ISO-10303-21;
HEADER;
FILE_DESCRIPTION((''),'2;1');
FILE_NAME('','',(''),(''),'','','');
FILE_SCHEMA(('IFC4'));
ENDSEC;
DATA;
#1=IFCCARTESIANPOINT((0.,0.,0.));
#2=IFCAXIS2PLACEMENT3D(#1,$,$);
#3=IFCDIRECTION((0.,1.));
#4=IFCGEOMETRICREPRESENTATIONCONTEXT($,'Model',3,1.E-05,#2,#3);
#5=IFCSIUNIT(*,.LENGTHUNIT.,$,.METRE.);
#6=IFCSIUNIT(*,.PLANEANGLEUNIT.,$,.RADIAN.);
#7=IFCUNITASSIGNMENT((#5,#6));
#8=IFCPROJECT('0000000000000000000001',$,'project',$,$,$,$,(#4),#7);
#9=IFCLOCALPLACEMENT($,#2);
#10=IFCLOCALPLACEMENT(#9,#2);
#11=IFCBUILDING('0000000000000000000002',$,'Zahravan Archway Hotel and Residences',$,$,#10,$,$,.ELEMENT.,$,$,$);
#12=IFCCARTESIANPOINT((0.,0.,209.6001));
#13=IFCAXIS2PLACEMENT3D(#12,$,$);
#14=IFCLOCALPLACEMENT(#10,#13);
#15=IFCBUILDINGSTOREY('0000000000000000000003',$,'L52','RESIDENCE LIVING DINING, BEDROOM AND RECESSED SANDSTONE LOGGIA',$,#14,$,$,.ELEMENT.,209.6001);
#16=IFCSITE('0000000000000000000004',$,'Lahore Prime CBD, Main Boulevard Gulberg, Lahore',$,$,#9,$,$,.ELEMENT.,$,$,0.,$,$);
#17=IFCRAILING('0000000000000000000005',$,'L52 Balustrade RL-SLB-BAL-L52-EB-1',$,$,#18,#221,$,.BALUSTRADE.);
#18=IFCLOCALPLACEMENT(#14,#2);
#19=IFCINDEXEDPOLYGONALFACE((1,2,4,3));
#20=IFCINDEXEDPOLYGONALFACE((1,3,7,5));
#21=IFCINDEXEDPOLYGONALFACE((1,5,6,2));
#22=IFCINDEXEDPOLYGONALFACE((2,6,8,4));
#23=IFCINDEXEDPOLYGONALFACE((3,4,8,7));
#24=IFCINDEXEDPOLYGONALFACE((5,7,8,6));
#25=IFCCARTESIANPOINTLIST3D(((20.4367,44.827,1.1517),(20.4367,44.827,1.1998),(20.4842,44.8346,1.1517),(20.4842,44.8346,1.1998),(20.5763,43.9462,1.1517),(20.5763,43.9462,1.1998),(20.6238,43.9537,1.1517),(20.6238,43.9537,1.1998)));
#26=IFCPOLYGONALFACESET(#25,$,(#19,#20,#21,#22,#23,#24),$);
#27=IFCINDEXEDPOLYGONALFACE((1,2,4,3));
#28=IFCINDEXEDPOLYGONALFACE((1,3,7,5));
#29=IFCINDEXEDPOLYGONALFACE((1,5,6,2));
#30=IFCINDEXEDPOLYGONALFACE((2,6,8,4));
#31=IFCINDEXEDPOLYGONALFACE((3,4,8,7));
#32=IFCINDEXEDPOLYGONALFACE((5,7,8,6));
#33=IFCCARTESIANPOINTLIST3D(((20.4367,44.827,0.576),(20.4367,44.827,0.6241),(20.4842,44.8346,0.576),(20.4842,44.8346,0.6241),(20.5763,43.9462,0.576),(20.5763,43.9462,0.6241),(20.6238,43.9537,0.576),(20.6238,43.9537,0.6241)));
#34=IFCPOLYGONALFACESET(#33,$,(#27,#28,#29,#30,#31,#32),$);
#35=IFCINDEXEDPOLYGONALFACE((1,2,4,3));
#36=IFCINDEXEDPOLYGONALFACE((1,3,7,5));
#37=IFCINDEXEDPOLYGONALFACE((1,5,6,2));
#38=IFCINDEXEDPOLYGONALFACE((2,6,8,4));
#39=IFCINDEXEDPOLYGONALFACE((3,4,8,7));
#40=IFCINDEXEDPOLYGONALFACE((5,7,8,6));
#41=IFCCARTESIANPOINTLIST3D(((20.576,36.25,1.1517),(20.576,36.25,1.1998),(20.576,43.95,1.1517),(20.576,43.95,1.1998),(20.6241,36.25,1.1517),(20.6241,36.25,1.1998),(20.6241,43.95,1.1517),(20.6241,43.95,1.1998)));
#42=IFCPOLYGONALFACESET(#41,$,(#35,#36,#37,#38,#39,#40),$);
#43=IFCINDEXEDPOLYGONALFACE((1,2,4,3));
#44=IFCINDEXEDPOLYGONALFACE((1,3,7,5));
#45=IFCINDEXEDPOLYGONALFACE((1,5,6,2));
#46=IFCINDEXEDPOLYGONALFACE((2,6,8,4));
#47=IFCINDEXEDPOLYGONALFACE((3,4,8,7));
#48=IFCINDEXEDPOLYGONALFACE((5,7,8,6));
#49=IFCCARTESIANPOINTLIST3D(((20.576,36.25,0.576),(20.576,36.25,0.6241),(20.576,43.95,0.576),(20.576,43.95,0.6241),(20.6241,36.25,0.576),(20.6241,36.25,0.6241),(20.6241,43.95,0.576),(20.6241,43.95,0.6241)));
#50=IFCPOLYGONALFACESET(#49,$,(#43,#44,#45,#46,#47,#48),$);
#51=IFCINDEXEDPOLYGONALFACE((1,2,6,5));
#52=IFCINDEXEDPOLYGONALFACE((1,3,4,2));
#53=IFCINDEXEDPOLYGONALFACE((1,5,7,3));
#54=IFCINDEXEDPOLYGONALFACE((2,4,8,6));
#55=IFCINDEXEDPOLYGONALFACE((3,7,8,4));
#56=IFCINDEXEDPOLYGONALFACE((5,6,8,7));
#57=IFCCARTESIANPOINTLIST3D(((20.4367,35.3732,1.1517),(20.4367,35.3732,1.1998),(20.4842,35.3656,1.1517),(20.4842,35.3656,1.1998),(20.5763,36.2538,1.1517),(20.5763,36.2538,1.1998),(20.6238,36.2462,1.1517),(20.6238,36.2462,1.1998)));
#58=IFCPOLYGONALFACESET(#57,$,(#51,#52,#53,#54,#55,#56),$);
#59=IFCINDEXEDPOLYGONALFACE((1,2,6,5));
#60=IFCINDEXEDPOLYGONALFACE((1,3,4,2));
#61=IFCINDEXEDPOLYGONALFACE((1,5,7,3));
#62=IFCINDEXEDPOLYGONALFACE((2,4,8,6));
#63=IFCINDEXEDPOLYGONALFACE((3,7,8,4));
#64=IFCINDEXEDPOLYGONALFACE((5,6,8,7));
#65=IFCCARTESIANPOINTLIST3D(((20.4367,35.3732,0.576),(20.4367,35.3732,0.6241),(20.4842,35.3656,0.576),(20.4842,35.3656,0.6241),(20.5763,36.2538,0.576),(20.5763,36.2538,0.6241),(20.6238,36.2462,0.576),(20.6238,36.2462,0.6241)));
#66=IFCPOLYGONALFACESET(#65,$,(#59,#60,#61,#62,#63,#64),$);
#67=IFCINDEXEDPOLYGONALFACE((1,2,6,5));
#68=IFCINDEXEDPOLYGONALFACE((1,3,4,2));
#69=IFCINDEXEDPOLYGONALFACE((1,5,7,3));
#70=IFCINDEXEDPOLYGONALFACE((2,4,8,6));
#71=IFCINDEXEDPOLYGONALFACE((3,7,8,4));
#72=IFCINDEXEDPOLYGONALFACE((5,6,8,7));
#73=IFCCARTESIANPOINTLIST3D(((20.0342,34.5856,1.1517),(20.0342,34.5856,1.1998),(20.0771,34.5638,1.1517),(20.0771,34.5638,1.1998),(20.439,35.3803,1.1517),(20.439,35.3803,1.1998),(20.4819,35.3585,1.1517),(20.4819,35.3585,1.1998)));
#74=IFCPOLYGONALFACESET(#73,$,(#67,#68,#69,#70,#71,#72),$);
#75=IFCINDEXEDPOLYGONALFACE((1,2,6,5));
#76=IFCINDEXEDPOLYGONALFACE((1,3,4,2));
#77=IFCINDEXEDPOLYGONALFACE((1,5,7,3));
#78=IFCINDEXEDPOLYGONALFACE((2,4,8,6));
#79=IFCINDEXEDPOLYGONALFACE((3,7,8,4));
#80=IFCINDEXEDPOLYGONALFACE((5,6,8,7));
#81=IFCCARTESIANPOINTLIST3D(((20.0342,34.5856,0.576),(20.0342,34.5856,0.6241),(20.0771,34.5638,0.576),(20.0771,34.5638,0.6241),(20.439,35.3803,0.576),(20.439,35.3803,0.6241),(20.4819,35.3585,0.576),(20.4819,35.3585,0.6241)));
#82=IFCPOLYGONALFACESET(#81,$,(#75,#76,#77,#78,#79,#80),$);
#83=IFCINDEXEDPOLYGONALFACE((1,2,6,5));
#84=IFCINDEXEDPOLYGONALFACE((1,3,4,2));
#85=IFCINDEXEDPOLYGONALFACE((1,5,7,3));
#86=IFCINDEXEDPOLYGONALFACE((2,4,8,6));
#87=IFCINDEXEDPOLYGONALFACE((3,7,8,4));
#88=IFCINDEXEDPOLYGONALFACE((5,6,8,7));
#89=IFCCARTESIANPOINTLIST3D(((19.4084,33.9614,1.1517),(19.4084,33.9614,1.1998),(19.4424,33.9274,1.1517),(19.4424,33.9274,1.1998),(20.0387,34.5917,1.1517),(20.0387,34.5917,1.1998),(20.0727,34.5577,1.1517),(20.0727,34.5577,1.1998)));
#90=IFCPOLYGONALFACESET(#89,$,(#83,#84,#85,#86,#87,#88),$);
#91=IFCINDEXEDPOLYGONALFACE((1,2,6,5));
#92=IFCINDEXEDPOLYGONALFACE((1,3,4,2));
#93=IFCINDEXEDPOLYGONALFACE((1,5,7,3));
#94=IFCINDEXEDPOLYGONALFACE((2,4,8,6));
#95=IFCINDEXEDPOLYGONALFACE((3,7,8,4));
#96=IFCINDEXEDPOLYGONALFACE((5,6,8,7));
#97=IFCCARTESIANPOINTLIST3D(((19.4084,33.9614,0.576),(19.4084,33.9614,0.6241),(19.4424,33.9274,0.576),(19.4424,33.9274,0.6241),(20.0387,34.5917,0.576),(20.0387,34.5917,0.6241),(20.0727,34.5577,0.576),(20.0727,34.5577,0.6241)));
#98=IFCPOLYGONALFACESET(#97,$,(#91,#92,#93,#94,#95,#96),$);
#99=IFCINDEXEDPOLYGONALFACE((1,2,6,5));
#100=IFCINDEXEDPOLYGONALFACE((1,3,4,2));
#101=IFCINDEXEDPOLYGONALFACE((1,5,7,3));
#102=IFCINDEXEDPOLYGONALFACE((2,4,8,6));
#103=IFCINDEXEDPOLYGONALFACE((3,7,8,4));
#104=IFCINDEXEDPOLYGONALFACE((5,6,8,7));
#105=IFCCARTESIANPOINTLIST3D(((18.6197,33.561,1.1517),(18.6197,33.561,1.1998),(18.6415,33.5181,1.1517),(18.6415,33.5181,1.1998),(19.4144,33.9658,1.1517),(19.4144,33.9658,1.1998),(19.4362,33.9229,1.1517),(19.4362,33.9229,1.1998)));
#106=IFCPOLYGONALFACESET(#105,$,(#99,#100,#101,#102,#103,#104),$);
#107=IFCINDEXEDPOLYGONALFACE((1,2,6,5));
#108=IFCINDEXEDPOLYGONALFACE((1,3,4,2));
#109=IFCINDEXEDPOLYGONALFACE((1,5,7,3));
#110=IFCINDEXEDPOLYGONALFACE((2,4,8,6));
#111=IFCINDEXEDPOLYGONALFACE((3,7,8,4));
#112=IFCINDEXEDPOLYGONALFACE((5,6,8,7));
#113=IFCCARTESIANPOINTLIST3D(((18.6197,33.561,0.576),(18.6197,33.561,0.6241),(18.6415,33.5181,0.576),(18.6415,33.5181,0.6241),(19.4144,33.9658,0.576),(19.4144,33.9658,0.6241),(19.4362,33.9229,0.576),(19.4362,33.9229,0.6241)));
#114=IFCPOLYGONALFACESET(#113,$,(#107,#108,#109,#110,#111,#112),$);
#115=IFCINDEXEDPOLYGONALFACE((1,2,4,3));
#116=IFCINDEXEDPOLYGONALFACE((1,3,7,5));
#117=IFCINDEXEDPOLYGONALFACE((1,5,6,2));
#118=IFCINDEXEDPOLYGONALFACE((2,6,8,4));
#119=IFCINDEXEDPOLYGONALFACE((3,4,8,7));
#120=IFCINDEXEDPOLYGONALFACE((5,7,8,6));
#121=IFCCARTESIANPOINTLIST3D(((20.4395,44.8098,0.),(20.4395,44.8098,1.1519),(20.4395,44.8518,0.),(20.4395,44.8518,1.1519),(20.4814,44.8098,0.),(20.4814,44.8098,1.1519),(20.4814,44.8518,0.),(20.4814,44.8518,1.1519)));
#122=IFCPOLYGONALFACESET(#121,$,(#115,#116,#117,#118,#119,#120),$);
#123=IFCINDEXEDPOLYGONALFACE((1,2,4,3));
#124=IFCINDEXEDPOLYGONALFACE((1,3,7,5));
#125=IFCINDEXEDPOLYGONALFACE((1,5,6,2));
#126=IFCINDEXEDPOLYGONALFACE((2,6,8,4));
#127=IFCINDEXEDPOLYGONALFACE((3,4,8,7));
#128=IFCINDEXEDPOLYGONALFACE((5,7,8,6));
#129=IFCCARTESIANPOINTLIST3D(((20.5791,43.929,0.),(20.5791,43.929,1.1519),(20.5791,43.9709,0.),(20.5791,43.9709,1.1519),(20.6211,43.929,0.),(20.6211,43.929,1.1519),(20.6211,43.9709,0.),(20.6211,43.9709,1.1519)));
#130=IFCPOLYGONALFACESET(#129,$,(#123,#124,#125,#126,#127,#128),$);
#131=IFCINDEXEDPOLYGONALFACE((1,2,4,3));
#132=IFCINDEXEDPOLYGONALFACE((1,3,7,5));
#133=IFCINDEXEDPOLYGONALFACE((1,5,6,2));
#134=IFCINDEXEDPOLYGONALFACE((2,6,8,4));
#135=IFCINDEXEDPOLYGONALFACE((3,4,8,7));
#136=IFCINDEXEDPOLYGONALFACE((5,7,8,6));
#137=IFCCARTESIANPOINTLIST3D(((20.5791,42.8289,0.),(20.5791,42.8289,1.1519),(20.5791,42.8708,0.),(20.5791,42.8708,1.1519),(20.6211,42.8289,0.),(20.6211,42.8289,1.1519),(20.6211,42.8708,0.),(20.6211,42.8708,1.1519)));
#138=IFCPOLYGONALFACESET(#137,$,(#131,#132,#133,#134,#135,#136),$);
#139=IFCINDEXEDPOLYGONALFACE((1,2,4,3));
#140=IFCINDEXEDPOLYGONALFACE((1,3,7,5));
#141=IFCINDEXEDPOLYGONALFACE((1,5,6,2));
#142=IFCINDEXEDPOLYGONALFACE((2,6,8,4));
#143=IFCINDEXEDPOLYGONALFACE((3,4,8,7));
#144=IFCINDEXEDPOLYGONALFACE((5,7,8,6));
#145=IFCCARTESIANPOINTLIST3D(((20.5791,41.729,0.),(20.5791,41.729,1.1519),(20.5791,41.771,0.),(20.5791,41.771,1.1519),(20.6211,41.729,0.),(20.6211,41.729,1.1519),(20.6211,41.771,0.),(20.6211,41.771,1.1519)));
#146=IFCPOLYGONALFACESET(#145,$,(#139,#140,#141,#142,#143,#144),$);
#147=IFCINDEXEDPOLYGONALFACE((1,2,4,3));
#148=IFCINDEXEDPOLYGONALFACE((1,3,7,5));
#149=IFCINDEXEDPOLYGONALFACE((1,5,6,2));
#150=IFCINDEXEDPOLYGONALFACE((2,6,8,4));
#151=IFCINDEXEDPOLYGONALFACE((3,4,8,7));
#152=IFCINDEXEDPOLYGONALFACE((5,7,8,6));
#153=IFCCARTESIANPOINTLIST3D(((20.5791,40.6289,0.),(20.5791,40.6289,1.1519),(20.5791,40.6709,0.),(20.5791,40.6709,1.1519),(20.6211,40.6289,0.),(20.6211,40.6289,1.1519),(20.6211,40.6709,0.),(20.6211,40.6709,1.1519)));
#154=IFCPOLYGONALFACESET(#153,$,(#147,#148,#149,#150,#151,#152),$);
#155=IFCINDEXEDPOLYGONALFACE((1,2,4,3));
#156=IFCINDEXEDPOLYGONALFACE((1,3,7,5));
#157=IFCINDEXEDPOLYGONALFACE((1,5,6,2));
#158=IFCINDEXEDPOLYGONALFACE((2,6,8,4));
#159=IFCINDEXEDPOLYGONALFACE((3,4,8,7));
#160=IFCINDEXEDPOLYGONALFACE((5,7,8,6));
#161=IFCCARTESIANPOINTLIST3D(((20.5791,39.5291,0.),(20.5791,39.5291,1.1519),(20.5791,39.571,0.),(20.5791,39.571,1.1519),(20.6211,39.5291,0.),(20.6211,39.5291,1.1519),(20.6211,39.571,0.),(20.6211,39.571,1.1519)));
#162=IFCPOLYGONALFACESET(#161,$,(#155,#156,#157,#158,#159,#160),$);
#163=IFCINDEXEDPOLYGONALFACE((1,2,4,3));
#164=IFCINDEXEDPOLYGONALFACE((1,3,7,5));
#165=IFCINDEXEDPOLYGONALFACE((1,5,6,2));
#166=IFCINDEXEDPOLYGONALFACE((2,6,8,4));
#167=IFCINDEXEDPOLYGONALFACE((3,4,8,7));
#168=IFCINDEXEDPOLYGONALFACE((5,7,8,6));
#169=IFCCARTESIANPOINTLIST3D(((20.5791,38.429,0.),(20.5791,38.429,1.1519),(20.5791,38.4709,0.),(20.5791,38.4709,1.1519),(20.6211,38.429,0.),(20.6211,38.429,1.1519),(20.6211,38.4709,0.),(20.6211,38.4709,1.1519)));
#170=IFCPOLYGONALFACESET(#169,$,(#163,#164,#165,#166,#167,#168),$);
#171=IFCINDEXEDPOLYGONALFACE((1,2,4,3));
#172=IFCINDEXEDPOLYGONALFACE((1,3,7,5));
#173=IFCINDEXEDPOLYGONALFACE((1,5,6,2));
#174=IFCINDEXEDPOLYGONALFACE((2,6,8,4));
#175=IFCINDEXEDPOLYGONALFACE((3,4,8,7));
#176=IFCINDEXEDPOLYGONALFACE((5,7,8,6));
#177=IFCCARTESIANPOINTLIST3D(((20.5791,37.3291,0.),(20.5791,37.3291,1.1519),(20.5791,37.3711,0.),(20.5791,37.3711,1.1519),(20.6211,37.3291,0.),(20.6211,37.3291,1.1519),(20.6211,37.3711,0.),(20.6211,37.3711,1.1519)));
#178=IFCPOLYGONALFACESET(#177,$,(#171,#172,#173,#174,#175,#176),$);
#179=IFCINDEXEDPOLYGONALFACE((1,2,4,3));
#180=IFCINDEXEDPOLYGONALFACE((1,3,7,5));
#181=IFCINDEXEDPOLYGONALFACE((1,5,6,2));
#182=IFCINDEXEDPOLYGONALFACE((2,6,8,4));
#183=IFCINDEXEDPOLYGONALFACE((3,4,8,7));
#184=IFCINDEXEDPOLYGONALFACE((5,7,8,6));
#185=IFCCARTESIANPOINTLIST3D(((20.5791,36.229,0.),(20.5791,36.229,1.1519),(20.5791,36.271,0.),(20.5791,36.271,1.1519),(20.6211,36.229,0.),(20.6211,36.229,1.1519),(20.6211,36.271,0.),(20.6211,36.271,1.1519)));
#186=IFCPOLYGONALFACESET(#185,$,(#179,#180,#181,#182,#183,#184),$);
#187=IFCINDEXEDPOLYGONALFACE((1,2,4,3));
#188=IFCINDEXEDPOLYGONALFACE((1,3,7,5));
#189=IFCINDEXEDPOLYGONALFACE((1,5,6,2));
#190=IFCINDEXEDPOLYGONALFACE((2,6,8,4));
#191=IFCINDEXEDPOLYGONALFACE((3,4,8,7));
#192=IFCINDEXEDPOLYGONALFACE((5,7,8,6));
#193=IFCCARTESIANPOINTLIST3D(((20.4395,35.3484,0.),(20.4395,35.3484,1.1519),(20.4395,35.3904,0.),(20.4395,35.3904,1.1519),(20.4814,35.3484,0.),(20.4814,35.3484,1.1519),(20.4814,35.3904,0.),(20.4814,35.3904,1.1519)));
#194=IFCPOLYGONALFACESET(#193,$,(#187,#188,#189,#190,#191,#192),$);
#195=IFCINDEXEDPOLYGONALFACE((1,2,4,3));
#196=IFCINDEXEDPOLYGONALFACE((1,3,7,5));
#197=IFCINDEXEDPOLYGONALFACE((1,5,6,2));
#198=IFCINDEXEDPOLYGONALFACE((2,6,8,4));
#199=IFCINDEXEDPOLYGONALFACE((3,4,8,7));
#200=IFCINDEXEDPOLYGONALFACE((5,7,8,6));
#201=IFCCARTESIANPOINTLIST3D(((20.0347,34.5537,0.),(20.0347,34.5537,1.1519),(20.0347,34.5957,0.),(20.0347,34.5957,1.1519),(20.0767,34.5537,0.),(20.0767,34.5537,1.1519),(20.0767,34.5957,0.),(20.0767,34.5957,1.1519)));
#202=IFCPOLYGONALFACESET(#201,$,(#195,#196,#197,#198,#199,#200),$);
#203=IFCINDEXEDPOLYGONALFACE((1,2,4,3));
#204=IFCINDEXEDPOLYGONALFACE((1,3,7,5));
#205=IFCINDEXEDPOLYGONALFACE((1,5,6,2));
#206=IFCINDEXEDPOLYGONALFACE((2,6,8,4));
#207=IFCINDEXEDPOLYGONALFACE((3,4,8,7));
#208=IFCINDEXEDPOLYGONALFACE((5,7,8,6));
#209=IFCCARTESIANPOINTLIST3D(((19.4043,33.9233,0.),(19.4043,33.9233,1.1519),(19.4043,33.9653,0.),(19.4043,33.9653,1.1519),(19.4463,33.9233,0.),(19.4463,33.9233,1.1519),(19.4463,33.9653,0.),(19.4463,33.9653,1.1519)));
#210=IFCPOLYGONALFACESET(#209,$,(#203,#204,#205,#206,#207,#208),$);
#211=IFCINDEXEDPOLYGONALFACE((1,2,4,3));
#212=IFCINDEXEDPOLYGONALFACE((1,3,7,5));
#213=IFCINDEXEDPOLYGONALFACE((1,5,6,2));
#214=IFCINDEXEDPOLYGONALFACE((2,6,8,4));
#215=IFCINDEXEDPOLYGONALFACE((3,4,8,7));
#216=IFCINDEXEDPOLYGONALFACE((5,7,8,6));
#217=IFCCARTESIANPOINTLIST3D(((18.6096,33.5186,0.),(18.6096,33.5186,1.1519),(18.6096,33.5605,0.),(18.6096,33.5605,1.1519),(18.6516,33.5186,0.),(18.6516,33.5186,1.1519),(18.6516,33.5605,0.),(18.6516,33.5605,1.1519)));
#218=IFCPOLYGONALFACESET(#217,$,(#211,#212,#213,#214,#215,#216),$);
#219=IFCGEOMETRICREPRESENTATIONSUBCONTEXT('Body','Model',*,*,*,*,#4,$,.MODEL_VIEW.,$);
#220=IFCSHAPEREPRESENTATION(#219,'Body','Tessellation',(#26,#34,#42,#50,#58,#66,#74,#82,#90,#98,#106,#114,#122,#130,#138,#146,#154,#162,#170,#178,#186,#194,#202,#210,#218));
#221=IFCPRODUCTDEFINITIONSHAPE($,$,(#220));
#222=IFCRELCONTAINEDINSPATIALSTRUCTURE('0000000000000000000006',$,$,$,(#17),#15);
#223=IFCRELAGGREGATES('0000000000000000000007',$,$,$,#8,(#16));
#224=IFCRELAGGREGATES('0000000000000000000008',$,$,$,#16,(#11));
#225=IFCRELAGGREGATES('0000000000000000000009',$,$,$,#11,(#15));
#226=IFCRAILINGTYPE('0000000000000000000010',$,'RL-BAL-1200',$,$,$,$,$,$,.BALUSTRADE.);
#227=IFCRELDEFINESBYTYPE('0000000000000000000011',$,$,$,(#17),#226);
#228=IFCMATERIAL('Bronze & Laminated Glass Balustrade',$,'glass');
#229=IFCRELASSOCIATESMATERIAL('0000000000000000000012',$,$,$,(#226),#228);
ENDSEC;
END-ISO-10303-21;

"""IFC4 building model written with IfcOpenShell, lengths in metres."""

from ifc_helpers import new_model, si_unit, direction, frame, origin, origin_2d, place, context, subcontext, project, spatial, rectangle, extrude, material, type_object, element, save


model = new_model("IFC4")

# Units and contexts
model_context = context("Model", 3, precision=1e-05, world=origin(), true_north=direction((0.0, 1.0)))
body_context = subcontext(model_context, "Body", "Model", "MODEL_VIEW")
ifc_project = project(units=[si_unit("LENGTHUNIT", "METRE"), si_unit("PLANEANGLEUNIT", "RADIAN")], contexts=[model_context])

# Site, building, storey
site_placement = place(None, origin())
site = spatial("IfcSite", under=ifc_project, at=site_placement, Name="Lahore Prime CBD, Main Boulevard Gulberg, Lahore", CompositionType="ELEMENT", RefElevation=0.0)
building_placement = place(site_placement, origin())
building = spatial("IfcBuilding", under=site, at=building_placement, Name="Zahravan Archway Hotel and Residences", CompositionType="ELEMENT")
storey_placement = place(building_placement, frame((0.0, 0.0, 209.6001)))
storey = spatial("IfcBuildingStorey", under=building, at=storey_placement, Name="L52", Description="RESIDENCE LIVING DINING, BEDROOM AND RECESSED SANDSTONE LOGGIA", CompositionType="ELEMENT", Elevation=209.6001)

# Railing
ifc_material_1 = material(Name="Bronze & Laminated Glass Balustrade", Category="glass")
railing_type_1 = type_object("IfcRailingType", Name="RL-BAL-1200", PredefinedType="BALUSTRADE", material=ifc_material_1)
railing_1_placement = place(storey_placement, frame((20.4604, 44.8308, 0.0)))
element("IfcRailing", 1, at=railing_1_placement, inside=storey, type_object=railing_type_1, Name="L52 Balustrade RL-SLB-BAL-L52-EB-1", PredefinedType="BALUSTRADE", context=body_context, shape_type="SweptSolid", body=[
    extrude(rectangle(XDim=0.0481, YDim=0.0481, at=origin_2d()), frame((0.0, 0.0, 1.1758), z_axis=(0.156581, -0.987665, 0.0), x_axis=(0.987665, 0.156581, 0.0)), (0.0, 0.0, 1.0), 0.8918),
    extrude(rectangle(XDim=0.0481, YDim=0.0481, at=origin_2d()), frame((0.0, 0.0, 0.6001), z_axis=(0.156581, -0.987665, 0.0), x_axis=(0.987665, 0.156581, 0.0)), (0.0, 0.0, 1.0), 0.8918),
    extrude(rectangle(XDim=0.0481, YDim=0.0481, at=origin_2d()), frame((0.1396, -0.8809, 1.1758), z_axis=(0.0, -1.0, 0.0), x_axis=(1.0, 0.0, 0.0)), (0.0, 0.0, 1.0), 7.7),
    extrude(rectangle(XDim=0.0481, YDim=0.0481, at=origin_2d()), frame((0.1396, -0.8809, 0.6001), z_axis=(0.0, -1.0, 0.0), x_axis=(1.0, 0.0, 0.0)), (0.0, 0.0, 1.0), 7.7),
    extrude(rectangle(XDim=0.0481, YDim=0.0481, at=origin_2d()), frame((0.1396, -8.5808, 1.1758), z_axis=(-0.156623, -0.987658, 0.0), x_axis=(0.987658, -0.156623, 0.0)), (0.0, 0.0, 1.0), 0.8916),
    extrude(rectangle(XDim=0.0481, YDim=0.0481, at=origin_2d()), frame((0.1396, -8.5808, 0.6001), z_axis=(-0.156623, -0.987658, 0.0), x_axis=(0.987658, -0.156623, 0.0)), (0.0, 0.0, 1.0), 0.8916),
    extrude(rectangle(XDim=0.0481, YDim=0.0481, at=origin_2d()), frame((0.0, -9.4614, 1.1758), z_axis=(-0.453881, -0.891062, 0.0), x_axis=(0.891062, -0.453881, 0.0)), (0.0, 0.0, 1.0), 0.8918),
    extrude(rectangle(XDim=0.0481, YDim=0.0481, at=origin_2d()), frame((0.0, -9.4614, 0.6001), z_axis=(-0.453881, -0.891062, 0.0), x_axis=(0.891062, -0.453881, 0.0)), (0.0, 0.0, 1.0), 0.8918),
    extrude(rectangle(XDim=0.0481, YDim=0.0481, at=origin_2d()), frame((-0.4048, -10.2561, 1.1758), z_axis=(-0.707107, -0.707107, 0.0), x_axis=(0.707107, -0.707107, 0.0)), (0.0, 0.0, 1.0), 0.8914),
    extrude(rectangle(XDim=0.0481, YDim=0.0481, at=origin_2d()), frame((-0.4048, -10.2561, 0.6001), z_axis=(-0.707107, -0.707107, 0.0), x_axis=(0.707107, -0.707107, 0.0)), (0.0, 0.0, 1.0), 0.8914),
    extrude(rectangle(XDim=0.0481, YDim=0.0481, at=origin_2d()), frame((-1.0352, -10.8865, 1.1758), z_axis=(-0.891062, -0.453881, 0.0), x_axis=(0.453881, -0.891062, 0.0)), (0.0, 0.0, 1.0), 0.8918),
    extrude(rectangle(XDim=0.0481, YDim=0.0481, at=origin_2d()), frame((-1.0352, -10.8865, 0.6001), z_axis=(-0.891062, -0.453881, 0.0), x_axis=(0.453881, -0.891062, 0.0)), (0.0, 0.0, 1.0), 0.8918),
    extrude(rectangle(XDim=0.042, YDim=0.042, at=origin_2d()), origin(), (0.0, 0.0, 1.0), 1.1519),
    extrude(rectangle(XDim=0.042, YDim=0.042, at=origin_2d()), frame((0.1396, -0.8809, 0.0)), (0.0, 0.0, 1.0), 1.1519),
    extrude(rectangle(XDim=0.042, YDim=0.042, at=origin_2d()), frame((0.1396, -1.981, 0.0)), (0.0, 0.0, 1.0), 1.1519),
    extrude(rectangle(XDim=0.042, YDim=0.042, at=origin_2d()), frame((0.1396, -3.0808, 0.0)), (0.0, 0.0, 1.0), 1.1519),
    extrude(rectangle(XDim=0.042, YDim=0.042, at=origin_2d()), frame((0.1396, -4.1809, 0.0)), (0.0, 0.0, 1.0), 1.1519),
    extrude(rectangle(XDim=0.042, YDim=0.042, at=origin_2d()), frame((0.1396, -5.2808, 0.0)), (0.0, 0.0, 1.0), 1.1519),
    extrude(rectangle(XDim=0.042, YDim=0.042, at=origin_2d()), frame((0.1396, -6.3809, 0.0)), (0.0, 0.0, 1.0), 1.1519),
    extrude(rectangle(XDim=0.042, YDim=0.042, at=origin_2d()), frame((0.1396, -7.4807, 0.0)), (0.0, 0.0, 1.0), 1.1519),
    extrude(rectangle(XDim=0.042, YDim=0.042, at=origin_2d()), frame((0.1396, -8.5808, 0.0)), (0.0, 0.0, 1.0), 1.1519),
    extrude(rectangle(XDim=0.042, YDim=0.042, at=origin_2d()), frame((0.0, -9.4614, 0.0)), (0.0, 0.0, 1.0), 1.1519),
    extrude(rectangle(XDim=0.042, YDim=0.042, at=origin_2d()), frame((-0.4048, -10.2561, 0.0)), (0.0, 0.0, 1.0), 1.1519),
    extrude(rectangle(XDim=0.042, YDim=0.042, at=origin_2d()), frame((-1.0352, -10.8865, 0.0)), (0.0, 0.0, 1.0), 1.1519),
    extrude(rectangle(XDim=0.042, YDim=0.042, at=origin_2d()), frame((-1.8298, -11.2913, 0.0)), (0.0, 0.0, 1.0), 1.1519),
])

save(model, "model.ifc")
